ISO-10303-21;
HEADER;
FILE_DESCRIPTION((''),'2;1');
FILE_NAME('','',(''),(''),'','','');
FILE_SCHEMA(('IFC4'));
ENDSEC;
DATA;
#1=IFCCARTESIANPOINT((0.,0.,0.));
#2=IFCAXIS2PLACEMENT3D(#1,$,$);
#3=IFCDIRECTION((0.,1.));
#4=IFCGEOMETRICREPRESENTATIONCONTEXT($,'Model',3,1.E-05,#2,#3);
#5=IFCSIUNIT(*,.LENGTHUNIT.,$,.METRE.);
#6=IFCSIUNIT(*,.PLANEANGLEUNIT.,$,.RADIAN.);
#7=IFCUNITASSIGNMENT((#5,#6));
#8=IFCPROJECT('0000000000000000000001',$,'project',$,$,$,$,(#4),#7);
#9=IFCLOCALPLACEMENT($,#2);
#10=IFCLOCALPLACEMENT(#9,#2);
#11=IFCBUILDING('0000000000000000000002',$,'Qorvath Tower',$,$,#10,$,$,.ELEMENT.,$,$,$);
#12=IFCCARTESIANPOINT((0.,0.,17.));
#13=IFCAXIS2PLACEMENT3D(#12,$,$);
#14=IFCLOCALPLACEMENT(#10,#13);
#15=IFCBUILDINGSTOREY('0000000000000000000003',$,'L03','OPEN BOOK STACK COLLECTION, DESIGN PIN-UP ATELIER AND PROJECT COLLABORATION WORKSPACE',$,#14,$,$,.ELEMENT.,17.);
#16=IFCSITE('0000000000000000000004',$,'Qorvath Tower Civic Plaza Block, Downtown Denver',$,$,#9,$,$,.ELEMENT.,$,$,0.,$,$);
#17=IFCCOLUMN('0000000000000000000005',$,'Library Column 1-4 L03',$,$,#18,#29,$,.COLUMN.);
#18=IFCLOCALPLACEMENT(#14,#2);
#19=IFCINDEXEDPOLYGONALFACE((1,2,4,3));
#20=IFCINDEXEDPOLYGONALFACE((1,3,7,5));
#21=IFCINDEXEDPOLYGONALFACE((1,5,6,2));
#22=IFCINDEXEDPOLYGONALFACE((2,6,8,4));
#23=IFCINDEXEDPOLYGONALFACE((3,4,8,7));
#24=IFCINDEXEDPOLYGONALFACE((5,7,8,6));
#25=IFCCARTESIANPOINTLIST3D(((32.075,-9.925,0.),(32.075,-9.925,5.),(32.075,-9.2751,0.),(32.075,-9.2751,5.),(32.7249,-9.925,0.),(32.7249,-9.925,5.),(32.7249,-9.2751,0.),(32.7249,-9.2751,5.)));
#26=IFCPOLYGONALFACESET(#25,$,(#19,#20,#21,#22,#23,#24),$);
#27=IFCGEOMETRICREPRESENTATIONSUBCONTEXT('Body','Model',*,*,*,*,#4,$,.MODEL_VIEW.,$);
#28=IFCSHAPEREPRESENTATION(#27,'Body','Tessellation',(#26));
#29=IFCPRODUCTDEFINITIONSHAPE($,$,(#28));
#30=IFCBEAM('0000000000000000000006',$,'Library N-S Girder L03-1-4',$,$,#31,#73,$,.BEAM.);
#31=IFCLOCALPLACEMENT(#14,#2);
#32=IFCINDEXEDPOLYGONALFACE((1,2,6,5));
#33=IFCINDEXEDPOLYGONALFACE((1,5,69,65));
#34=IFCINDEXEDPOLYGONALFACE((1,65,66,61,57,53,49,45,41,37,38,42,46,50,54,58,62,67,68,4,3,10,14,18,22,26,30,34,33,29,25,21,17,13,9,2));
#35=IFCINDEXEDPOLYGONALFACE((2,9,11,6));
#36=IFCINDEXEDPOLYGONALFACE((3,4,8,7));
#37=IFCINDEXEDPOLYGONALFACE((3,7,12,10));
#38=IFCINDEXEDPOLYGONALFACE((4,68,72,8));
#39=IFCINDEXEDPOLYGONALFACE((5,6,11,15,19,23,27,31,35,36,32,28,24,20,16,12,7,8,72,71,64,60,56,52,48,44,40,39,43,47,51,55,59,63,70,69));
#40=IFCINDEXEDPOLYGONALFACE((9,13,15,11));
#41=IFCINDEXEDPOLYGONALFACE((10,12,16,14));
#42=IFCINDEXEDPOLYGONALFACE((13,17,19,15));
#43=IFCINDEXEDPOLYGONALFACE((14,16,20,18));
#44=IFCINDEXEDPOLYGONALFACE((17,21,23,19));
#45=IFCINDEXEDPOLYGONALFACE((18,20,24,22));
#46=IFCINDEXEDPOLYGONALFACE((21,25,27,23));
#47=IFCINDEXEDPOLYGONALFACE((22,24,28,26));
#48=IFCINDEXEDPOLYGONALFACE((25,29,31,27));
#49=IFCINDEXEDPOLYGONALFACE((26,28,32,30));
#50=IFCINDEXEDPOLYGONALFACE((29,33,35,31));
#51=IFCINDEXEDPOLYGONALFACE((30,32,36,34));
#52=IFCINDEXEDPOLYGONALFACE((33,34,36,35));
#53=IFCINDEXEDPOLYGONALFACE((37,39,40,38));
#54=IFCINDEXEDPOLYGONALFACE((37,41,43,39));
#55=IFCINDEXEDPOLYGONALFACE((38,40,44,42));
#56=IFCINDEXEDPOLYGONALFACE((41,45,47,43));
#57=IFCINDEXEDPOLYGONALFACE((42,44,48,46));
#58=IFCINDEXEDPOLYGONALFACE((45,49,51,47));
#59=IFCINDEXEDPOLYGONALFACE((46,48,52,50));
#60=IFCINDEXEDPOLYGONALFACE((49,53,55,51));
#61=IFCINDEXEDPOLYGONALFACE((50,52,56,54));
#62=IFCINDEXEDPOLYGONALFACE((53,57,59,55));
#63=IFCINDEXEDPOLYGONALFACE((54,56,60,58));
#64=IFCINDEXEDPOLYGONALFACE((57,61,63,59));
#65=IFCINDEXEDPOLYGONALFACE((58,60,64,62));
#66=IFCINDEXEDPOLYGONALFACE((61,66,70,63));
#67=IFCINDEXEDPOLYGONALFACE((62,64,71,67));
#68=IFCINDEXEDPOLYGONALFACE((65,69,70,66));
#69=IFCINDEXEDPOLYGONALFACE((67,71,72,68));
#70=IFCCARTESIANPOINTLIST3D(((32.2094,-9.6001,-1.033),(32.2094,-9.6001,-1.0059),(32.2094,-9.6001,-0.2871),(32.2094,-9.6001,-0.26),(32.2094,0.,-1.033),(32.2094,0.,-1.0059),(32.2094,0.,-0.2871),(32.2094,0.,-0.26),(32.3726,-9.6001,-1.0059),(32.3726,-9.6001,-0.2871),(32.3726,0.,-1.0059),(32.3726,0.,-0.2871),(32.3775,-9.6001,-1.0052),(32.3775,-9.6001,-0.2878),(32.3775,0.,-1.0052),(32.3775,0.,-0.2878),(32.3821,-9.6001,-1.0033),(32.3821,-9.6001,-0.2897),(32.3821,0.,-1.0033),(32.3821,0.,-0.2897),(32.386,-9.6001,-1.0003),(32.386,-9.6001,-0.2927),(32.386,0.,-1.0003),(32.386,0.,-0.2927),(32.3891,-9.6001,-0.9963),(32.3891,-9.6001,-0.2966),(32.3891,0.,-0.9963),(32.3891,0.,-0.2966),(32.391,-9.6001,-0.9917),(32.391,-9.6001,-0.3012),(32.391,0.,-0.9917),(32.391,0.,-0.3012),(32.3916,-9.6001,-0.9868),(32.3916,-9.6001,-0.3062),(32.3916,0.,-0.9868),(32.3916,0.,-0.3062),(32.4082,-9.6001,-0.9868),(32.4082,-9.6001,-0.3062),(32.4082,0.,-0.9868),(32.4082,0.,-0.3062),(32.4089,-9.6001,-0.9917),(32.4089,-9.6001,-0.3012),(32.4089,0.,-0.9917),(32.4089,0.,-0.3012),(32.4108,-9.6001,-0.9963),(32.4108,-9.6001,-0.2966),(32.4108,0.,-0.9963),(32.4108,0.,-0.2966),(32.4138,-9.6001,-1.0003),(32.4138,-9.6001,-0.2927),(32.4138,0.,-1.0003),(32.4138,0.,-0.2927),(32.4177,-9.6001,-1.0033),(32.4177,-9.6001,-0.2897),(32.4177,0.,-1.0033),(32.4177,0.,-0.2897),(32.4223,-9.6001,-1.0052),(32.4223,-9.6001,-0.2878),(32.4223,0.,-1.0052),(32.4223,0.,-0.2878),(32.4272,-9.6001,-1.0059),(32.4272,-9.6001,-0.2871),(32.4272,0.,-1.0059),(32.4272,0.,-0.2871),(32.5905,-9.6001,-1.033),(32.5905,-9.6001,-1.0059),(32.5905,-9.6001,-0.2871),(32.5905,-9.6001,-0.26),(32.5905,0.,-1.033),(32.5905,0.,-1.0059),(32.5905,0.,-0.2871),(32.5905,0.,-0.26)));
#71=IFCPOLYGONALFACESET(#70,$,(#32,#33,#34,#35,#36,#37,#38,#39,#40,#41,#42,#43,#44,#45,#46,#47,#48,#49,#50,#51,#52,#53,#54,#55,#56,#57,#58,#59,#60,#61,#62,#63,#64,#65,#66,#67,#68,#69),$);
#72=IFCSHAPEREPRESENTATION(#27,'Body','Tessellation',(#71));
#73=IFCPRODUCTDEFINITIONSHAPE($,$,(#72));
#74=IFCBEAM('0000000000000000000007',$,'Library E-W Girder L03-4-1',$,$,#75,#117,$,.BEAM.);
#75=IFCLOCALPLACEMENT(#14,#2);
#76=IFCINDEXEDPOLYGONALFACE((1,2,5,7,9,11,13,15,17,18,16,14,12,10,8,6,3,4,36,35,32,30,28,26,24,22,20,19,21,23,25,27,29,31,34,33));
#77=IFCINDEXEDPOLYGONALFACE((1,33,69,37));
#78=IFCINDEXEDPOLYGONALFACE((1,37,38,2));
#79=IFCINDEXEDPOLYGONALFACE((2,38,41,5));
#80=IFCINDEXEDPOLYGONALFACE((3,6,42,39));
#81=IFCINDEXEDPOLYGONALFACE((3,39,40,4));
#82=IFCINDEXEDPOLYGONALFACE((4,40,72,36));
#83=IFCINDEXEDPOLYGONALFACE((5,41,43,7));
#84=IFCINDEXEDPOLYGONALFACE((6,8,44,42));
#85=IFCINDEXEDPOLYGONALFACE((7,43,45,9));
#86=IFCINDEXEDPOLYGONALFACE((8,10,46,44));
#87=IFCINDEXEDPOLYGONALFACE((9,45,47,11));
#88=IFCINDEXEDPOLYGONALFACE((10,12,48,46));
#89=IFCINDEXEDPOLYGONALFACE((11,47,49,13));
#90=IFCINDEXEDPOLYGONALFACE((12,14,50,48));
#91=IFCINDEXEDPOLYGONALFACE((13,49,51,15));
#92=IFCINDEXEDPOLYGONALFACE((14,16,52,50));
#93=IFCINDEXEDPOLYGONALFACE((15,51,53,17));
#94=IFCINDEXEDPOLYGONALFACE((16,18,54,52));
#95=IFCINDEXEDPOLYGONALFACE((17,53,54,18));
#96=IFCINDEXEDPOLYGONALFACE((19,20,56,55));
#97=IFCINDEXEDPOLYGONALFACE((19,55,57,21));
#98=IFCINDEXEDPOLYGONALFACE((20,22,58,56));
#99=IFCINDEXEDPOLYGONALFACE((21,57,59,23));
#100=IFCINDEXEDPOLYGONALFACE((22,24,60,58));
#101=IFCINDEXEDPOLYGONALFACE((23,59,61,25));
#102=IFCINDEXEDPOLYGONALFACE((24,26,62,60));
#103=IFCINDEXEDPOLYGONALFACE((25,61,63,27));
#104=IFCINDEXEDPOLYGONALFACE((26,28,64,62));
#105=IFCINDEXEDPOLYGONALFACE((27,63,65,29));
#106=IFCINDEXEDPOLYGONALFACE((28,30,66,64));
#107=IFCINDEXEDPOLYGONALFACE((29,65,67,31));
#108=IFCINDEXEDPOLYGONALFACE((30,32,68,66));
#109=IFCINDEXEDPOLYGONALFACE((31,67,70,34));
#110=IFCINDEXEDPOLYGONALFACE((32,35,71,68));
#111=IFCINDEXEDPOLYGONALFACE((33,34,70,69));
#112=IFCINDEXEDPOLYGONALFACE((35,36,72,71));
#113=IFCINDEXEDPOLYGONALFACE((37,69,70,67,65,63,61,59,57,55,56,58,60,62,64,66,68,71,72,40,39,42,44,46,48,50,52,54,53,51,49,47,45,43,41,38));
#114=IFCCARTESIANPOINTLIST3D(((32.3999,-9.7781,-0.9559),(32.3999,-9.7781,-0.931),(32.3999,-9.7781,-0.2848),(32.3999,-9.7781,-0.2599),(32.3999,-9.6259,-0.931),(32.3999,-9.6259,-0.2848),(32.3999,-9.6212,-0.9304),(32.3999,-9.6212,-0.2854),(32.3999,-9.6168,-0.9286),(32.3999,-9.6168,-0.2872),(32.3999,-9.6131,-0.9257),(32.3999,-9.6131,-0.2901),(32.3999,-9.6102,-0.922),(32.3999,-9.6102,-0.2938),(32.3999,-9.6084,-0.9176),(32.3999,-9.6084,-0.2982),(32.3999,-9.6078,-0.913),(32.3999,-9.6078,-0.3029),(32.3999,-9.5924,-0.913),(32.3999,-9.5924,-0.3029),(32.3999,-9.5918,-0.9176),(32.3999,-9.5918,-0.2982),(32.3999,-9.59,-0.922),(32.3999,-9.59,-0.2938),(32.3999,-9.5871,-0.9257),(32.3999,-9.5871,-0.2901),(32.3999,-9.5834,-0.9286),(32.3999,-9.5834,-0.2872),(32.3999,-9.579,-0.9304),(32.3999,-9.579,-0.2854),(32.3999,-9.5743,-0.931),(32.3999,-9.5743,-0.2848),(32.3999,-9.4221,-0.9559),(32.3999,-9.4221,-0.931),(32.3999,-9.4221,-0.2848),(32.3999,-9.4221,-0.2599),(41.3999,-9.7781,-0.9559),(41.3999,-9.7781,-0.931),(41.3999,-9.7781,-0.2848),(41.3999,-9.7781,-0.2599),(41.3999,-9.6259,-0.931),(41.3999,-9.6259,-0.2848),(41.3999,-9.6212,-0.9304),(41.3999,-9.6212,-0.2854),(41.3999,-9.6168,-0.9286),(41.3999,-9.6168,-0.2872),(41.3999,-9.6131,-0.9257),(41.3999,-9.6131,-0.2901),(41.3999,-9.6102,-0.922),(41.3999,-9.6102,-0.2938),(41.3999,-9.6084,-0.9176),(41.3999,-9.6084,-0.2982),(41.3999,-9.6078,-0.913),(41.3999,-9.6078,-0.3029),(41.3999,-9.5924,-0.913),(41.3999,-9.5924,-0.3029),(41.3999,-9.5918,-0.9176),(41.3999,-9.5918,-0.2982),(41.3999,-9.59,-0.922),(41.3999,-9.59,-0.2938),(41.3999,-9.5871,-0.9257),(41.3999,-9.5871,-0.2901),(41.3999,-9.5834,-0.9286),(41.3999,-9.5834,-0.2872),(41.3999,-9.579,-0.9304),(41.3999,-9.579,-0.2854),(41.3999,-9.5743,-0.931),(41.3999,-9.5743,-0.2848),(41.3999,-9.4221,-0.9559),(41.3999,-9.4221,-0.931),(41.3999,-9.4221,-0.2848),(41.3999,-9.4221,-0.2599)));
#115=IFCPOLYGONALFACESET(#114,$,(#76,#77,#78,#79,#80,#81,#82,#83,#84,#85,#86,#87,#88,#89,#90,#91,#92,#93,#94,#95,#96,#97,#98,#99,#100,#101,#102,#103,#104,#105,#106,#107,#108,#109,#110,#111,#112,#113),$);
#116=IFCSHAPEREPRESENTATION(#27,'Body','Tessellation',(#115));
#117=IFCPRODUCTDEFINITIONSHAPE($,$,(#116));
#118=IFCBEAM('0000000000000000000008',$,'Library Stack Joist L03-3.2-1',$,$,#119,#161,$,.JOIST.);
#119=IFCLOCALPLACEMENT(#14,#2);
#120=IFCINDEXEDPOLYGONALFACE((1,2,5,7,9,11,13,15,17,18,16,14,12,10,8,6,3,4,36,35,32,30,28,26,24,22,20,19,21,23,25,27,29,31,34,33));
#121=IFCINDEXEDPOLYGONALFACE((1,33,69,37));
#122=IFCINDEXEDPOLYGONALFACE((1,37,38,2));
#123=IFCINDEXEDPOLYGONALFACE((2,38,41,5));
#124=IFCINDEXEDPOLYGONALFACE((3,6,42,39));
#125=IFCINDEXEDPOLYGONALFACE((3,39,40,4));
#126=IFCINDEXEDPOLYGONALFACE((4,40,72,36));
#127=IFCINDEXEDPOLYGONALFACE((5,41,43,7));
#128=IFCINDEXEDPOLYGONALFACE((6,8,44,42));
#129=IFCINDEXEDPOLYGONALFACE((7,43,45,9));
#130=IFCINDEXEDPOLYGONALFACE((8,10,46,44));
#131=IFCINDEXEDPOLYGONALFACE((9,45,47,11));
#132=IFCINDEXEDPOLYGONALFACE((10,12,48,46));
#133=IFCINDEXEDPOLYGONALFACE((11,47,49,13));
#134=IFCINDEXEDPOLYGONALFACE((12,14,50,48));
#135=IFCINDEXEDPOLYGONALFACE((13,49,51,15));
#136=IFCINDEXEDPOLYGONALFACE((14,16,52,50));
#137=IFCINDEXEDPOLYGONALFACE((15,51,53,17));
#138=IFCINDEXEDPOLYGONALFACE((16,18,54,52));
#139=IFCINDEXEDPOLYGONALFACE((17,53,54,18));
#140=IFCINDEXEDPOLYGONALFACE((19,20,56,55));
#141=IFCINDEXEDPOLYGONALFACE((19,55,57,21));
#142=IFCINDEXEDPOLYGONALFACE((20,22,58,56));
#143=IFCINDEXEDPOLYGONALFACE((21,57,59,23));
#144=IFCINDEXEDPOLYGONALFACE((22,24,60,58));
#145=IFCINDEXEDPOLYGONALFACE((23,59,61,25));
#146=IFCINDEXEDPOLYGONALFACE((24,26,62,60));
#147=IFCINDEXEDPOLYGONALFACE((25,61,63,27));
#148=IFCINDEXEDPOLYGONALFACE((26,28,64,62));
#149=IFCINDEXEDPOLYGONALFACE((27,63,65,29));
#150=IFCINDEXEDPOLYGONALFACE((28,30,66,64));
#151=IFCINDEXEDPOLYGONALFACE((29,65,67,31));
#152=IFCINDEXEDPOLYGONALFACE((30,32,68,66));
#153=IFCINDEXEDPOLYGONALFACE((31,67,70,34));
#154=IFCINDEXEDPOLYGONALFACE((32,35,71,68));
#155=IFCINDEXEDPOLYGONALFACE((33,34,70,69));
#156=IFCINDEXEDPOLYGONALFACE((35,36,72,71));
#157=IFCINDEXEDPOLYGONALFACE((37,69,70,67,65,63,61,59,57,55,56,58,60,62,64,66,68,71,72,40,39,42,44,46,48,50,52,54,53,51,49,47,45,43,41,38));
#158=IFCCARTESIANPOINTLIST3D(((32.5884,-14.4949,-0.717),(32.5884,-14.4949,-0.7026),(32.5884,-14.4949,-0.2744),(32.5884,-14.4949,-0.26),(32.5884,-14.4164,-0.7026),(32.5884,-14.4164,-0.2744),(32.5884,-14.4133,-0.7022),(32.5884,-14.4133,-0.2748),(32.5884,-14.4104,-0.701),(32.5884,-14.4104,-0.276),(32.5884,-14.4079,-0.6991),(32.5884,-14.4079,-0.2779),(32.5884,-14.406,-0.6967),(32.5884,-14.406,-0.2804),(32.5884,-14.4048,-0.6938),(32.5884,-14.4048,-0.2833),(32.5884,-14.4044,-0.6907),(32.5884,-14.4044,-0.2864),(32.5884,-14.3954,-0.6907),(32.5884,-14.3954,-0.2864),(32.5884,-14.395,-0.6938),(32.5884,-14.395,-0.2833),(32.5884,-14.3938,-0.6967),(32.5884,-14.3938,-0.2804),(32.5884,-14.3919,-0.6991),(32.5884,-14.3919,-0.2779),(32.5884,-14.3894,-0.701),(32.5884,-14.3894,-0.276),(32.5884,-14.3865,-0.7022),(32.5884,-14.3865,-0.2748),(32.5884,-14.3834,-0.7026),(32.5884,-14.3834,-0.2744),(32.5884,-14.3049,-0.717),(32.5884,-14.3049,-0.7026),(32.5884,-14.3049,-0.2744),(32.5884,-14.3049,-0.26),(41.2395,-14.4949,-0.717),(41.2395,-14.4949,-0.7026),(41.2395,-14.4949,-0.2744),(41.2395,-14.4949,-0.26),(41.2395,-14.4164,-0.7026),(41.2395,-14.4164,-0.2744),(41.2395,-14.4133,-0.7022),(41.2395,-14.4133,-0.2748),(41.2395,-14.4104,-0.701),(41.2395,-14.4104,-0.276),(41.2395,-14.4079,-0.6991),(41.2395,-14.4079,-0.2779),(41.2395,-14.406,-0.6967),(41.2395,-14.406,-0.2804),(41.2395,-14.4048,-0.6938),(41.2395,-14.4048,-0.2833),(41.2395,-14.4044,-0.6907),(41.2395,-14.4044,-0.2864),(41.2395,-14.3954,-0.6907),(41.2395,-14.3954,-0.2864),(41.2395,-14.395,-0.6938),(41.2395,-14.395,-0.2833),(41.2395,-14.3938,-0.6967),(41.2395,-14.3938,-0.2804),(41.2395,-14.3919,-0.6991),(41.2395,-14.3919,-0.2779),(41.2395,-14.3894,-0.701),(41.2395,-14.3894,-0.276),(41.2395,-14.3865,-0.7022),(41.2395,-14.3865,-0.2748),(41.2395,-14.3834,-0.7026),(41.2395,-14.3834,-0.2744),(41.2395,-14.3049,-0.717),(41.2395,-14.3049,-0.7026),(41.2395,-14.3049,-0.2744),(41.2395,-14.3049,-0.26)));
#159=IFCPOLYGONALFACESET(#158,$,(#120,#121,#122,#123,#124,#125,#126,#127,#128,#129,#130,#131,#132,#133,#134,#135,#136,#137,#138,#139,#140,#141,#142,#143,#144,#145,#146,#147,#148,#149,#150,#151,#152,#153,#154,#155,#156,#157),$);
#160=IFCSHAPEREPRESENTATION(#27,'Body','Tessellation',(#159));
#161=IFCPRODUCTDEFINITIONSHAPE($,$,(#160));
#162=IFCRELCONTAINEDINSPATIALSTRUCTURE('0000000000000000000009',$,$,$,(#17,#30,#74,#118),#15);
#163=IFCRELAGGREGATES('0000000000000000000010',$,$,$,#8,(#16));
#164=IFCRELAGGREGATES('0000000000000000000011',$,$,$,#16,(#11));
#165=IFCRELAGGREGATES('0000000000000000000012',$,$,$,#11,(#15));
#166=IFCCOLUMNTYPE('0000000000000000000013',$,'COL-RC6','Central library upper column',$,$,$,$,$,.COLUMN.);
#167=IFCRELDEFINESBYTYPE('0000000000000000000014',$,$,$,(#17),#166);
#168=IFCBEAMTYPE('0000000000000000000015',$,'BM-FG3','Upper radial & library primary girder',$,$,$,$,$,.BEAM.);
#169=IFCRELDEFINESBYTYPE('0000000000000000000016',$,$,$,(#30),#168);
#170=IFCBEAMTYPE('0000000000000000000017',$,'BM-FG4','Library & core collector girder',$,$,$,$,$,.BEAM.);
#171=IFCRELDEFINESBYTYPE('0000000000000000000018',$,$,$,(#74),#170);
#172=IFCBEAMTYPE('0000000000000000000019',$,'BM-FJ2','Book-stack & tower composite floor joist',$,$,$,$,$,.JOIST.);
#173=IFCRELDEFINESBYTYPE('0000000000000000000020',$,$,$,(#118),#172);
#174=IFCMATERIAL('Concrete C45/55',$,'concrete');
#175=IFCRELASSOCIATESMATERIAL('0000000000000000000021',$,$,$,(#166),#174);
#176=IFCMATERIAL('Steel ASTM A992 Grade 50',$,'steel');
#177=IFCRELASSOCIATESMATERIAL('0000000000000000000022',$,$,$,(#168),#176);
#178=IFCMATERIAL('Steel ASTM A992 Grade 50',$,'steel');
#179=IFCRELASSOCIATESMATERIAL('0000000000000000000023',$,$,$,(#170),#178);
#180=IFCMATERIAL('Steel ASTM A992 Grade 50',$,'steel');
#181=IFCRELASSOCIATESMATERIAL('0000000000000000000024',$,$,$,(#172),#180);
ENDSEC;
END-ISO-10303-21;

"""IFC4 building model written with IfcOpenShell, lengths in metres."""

from ifc_helpers import new_model, si_unit, direction, frame, origin, origin_2d, place, context, subcontext, project, spatial, rectangle, i_section, extrude, material, material_profile, profile_set, type_object, element, save


model = new_model("IFC4")

# Units and contexts
model_context = context("Model", 3, precision=1e-05, world=origin(), true_north=direction((0.0, 1.0)))
body_context = subcontext(model_context, "Body", "Model", "MODEL_VIEW")
ifc_project = project(units=[si_unit("LENGTHUNIT", "METRE"), si_unit("PLANEANGLEUNIT", "RADIAN")], contexts=[model_context])

# Site, building, storey
site_placement = place(None, origin())
site = spatial("IfcSite", under=ifc_project, at=site_placement, Name="Qorvath Tower Civic Plaza Block, Downtown Denver", CompositionType="ELEMENT", RefElevation=0.0)
building_placement = place(site_placement, origin())
building = spatial("IfcBuilding", under=site, at=building_placement, Name="Qorvath Tower", CompositionType="ELEMENT")
storey_placement = place(building_placement, frame((0.0, 0.0, 17.0)))
storey = spatial("IfcBuildingStorey", under=building, at=storey_placement, Name="L03", Description="OPEN BOOK STACK COLLECTION, DESIGN PIN-UP ATELIER AND PROJECT COLLABORATION WORKSPACE", CompositionType="ELEMENT", Elevation=17.0)

# Column
ifc_material_1 = material(Name="Concrete C45/55", Category="concrete")
ifc_material_profile_1 = material_profile(ifc_material_1, rectangle(XDim=0.6499, YDim=0.6499, at=origin_2d()), Name="RC 650x650")
ifc_profile_set_1 = profile_set([ifc_material_profile_1], Name="Concrete C45/55")
column_type = type_object("IfcColumnType", Name="COL-RC6", Description="Central library upper column", PredefinedType="COLUMN", material=ifc_profile_set_1)
column_placement = place(storey_placement, frame((32.3999, -9.6001, 0.0), z_axis=(0.0, 0.0, 1.0), x_axis=(1.0, 0.0, 0.0)))
element("IfcColumn", 1, at=column_placement, inside=storey, type_object=column_type, Name="Library Column 1-4 L03", PredefinedType="COLUMN", context=body_context, shape_type="SweptSolid", body=[
    extrude(rectangle(XDim=0.6499, YDim=0.6499, at=origin_2d()), origin(), (0.0, 0.0, 1.0), 5.0),
])

# Beams
ifc_material_2 = material(Name="Steel ASTM A992 Grade 50", Category="steel")
ifc_material_profile_2 = material_profile(ifc_material_2, i_section(OverallWidth=0.3811, OverallDepth=0.7729, WebThickness=0.0166, FlangeThickness=0.0271, FilletRadius=0.019, at=origin_2d()), Name="W30x173")
ifc_profile_set_2 = profile_set([ifc_material_profile_2], Name="Steel ASTM A992 Grade 50")
beam_type_1 = type_object("IfcBeamType", Name="BM-FG3", Description="Upper radial & library primary girder", PredefinedType="BEAM", material=ifc_profile_set_2)
beam_1_placement = place(storey_placement, frame((32.3999, -9.6001, -0.6465), z_axis=(0.0, 1.0, 0.0), x_axis=(-1.0, 0.0, 0.0)))
element("IfcBeam", 2, at=beam_1_placement, inside=storey, type_object=beam_type_1, Name="Library N-S Girder L03-1-4", PredefinedType="BEAM", context=body_context, shape_type="SweptSolid", body=[
    extrude(i_section(OverallWidth=0.3811, OverallDepth=0.7729, WebThickness=0.0166, FlangeThickness=0.0271, FilletRadius=0.019, at=origin_2d()), origin(), (0.0, 0.0, 1.0), 9.6001),
])
ifc_material_3 = material(Name="Steel ASTM A992 Grade 50", Category="steel")
ifc_material_profile_3 = material_profile(ifc_material_3, i_section(OverallWidth=0.356, OverallDepth=0.696, WebThickness=0.0154, FlangeThickness=0.0249, FilletRadius=0.0181, at=origin_2d()), Name="W27x146")
ifc_profile_set_3 = profile_set([ifc_material_profile_3], Name="Steel ASTM A992 Grade 50")
beam_type_2 = type_object("IfcBeamType", Name="BM-FG4", Description="Library & core collector girder", PredefinedType="BEAM", material=ifc_profile_set_3)
beam_2_placement = place(storey_placement, frame((32.3999, -9.6001, -0.6079), z_axis=(1.0, 0.0, 0.0), x_axis=(0.0, 1.0, 0.0)))
element("IfcBeam", 3, at=beam_2_placement, inside=storey, type_object=beam_type_2, Name="Library E-W Girder L03-4-1", PredefinedType="BEAM", context=body_context, shape_type="SweptSolid", body=[
    extrude(i_section(OverallWidth=0.356, OverallDepth=0.696, WebThickness=0.0154, FlangeThickness=0.0249, FilletRadius=0.0181, at=origin_2d()), origin(), (0.0, 0.0, 1.0), 9.0),
])
ifc_material_4 = material(Name="Steel ASTM A992 Grade 50", Category="steel")
ifc_material_profile_4 = material_profile(ifc_material_4, i_section(OverallWidth=0.1899, OverallDepth=0.457, WebThickness=0.009, FlangeThickness=0.0144, FilletRadius=0.012, at=origin_2d()), Name="W18x50")
ifc_profile_set_4 = profile_set([ifc_material_profile_4], Name="Steel ASTM A992 Grade 50")
beam_type_3 = type_object("IfcBeamType", Name="BM-FJ2", Description="Book-stack & tower composite floor joist", PredefinedType="JOIST", material=ifc_profile_set_4)
for number, where, z_axis, x_axis, name in (
    (4, (32.5884, -14.3999, -0.4885), (1.0, 0.0, 0.0), (0.0, 1.0, 0.0), "Library Stack Joist L03-3.2-1"),
):
    element("IfcBeam", number, at=place(storey_placement, frame(where, z_axis=z_axis, x_axis=x_axis)), inside=storey, type_object=beam_type_3, Name=name, PredefinedType="JOIST", context=body_context, shape_type="SweptSolid", body=[
        extrude(i_section(OverallWidth=0.1899, OverallDepth=0.457, WebThickness=0.009, FlangeThickness=0.0144, FilletRadius=0.012, at=origin_2d()), origin(), (0.0, 0.0, 1.0), 8.6511),
    ])

save(model, "model.ifc")
